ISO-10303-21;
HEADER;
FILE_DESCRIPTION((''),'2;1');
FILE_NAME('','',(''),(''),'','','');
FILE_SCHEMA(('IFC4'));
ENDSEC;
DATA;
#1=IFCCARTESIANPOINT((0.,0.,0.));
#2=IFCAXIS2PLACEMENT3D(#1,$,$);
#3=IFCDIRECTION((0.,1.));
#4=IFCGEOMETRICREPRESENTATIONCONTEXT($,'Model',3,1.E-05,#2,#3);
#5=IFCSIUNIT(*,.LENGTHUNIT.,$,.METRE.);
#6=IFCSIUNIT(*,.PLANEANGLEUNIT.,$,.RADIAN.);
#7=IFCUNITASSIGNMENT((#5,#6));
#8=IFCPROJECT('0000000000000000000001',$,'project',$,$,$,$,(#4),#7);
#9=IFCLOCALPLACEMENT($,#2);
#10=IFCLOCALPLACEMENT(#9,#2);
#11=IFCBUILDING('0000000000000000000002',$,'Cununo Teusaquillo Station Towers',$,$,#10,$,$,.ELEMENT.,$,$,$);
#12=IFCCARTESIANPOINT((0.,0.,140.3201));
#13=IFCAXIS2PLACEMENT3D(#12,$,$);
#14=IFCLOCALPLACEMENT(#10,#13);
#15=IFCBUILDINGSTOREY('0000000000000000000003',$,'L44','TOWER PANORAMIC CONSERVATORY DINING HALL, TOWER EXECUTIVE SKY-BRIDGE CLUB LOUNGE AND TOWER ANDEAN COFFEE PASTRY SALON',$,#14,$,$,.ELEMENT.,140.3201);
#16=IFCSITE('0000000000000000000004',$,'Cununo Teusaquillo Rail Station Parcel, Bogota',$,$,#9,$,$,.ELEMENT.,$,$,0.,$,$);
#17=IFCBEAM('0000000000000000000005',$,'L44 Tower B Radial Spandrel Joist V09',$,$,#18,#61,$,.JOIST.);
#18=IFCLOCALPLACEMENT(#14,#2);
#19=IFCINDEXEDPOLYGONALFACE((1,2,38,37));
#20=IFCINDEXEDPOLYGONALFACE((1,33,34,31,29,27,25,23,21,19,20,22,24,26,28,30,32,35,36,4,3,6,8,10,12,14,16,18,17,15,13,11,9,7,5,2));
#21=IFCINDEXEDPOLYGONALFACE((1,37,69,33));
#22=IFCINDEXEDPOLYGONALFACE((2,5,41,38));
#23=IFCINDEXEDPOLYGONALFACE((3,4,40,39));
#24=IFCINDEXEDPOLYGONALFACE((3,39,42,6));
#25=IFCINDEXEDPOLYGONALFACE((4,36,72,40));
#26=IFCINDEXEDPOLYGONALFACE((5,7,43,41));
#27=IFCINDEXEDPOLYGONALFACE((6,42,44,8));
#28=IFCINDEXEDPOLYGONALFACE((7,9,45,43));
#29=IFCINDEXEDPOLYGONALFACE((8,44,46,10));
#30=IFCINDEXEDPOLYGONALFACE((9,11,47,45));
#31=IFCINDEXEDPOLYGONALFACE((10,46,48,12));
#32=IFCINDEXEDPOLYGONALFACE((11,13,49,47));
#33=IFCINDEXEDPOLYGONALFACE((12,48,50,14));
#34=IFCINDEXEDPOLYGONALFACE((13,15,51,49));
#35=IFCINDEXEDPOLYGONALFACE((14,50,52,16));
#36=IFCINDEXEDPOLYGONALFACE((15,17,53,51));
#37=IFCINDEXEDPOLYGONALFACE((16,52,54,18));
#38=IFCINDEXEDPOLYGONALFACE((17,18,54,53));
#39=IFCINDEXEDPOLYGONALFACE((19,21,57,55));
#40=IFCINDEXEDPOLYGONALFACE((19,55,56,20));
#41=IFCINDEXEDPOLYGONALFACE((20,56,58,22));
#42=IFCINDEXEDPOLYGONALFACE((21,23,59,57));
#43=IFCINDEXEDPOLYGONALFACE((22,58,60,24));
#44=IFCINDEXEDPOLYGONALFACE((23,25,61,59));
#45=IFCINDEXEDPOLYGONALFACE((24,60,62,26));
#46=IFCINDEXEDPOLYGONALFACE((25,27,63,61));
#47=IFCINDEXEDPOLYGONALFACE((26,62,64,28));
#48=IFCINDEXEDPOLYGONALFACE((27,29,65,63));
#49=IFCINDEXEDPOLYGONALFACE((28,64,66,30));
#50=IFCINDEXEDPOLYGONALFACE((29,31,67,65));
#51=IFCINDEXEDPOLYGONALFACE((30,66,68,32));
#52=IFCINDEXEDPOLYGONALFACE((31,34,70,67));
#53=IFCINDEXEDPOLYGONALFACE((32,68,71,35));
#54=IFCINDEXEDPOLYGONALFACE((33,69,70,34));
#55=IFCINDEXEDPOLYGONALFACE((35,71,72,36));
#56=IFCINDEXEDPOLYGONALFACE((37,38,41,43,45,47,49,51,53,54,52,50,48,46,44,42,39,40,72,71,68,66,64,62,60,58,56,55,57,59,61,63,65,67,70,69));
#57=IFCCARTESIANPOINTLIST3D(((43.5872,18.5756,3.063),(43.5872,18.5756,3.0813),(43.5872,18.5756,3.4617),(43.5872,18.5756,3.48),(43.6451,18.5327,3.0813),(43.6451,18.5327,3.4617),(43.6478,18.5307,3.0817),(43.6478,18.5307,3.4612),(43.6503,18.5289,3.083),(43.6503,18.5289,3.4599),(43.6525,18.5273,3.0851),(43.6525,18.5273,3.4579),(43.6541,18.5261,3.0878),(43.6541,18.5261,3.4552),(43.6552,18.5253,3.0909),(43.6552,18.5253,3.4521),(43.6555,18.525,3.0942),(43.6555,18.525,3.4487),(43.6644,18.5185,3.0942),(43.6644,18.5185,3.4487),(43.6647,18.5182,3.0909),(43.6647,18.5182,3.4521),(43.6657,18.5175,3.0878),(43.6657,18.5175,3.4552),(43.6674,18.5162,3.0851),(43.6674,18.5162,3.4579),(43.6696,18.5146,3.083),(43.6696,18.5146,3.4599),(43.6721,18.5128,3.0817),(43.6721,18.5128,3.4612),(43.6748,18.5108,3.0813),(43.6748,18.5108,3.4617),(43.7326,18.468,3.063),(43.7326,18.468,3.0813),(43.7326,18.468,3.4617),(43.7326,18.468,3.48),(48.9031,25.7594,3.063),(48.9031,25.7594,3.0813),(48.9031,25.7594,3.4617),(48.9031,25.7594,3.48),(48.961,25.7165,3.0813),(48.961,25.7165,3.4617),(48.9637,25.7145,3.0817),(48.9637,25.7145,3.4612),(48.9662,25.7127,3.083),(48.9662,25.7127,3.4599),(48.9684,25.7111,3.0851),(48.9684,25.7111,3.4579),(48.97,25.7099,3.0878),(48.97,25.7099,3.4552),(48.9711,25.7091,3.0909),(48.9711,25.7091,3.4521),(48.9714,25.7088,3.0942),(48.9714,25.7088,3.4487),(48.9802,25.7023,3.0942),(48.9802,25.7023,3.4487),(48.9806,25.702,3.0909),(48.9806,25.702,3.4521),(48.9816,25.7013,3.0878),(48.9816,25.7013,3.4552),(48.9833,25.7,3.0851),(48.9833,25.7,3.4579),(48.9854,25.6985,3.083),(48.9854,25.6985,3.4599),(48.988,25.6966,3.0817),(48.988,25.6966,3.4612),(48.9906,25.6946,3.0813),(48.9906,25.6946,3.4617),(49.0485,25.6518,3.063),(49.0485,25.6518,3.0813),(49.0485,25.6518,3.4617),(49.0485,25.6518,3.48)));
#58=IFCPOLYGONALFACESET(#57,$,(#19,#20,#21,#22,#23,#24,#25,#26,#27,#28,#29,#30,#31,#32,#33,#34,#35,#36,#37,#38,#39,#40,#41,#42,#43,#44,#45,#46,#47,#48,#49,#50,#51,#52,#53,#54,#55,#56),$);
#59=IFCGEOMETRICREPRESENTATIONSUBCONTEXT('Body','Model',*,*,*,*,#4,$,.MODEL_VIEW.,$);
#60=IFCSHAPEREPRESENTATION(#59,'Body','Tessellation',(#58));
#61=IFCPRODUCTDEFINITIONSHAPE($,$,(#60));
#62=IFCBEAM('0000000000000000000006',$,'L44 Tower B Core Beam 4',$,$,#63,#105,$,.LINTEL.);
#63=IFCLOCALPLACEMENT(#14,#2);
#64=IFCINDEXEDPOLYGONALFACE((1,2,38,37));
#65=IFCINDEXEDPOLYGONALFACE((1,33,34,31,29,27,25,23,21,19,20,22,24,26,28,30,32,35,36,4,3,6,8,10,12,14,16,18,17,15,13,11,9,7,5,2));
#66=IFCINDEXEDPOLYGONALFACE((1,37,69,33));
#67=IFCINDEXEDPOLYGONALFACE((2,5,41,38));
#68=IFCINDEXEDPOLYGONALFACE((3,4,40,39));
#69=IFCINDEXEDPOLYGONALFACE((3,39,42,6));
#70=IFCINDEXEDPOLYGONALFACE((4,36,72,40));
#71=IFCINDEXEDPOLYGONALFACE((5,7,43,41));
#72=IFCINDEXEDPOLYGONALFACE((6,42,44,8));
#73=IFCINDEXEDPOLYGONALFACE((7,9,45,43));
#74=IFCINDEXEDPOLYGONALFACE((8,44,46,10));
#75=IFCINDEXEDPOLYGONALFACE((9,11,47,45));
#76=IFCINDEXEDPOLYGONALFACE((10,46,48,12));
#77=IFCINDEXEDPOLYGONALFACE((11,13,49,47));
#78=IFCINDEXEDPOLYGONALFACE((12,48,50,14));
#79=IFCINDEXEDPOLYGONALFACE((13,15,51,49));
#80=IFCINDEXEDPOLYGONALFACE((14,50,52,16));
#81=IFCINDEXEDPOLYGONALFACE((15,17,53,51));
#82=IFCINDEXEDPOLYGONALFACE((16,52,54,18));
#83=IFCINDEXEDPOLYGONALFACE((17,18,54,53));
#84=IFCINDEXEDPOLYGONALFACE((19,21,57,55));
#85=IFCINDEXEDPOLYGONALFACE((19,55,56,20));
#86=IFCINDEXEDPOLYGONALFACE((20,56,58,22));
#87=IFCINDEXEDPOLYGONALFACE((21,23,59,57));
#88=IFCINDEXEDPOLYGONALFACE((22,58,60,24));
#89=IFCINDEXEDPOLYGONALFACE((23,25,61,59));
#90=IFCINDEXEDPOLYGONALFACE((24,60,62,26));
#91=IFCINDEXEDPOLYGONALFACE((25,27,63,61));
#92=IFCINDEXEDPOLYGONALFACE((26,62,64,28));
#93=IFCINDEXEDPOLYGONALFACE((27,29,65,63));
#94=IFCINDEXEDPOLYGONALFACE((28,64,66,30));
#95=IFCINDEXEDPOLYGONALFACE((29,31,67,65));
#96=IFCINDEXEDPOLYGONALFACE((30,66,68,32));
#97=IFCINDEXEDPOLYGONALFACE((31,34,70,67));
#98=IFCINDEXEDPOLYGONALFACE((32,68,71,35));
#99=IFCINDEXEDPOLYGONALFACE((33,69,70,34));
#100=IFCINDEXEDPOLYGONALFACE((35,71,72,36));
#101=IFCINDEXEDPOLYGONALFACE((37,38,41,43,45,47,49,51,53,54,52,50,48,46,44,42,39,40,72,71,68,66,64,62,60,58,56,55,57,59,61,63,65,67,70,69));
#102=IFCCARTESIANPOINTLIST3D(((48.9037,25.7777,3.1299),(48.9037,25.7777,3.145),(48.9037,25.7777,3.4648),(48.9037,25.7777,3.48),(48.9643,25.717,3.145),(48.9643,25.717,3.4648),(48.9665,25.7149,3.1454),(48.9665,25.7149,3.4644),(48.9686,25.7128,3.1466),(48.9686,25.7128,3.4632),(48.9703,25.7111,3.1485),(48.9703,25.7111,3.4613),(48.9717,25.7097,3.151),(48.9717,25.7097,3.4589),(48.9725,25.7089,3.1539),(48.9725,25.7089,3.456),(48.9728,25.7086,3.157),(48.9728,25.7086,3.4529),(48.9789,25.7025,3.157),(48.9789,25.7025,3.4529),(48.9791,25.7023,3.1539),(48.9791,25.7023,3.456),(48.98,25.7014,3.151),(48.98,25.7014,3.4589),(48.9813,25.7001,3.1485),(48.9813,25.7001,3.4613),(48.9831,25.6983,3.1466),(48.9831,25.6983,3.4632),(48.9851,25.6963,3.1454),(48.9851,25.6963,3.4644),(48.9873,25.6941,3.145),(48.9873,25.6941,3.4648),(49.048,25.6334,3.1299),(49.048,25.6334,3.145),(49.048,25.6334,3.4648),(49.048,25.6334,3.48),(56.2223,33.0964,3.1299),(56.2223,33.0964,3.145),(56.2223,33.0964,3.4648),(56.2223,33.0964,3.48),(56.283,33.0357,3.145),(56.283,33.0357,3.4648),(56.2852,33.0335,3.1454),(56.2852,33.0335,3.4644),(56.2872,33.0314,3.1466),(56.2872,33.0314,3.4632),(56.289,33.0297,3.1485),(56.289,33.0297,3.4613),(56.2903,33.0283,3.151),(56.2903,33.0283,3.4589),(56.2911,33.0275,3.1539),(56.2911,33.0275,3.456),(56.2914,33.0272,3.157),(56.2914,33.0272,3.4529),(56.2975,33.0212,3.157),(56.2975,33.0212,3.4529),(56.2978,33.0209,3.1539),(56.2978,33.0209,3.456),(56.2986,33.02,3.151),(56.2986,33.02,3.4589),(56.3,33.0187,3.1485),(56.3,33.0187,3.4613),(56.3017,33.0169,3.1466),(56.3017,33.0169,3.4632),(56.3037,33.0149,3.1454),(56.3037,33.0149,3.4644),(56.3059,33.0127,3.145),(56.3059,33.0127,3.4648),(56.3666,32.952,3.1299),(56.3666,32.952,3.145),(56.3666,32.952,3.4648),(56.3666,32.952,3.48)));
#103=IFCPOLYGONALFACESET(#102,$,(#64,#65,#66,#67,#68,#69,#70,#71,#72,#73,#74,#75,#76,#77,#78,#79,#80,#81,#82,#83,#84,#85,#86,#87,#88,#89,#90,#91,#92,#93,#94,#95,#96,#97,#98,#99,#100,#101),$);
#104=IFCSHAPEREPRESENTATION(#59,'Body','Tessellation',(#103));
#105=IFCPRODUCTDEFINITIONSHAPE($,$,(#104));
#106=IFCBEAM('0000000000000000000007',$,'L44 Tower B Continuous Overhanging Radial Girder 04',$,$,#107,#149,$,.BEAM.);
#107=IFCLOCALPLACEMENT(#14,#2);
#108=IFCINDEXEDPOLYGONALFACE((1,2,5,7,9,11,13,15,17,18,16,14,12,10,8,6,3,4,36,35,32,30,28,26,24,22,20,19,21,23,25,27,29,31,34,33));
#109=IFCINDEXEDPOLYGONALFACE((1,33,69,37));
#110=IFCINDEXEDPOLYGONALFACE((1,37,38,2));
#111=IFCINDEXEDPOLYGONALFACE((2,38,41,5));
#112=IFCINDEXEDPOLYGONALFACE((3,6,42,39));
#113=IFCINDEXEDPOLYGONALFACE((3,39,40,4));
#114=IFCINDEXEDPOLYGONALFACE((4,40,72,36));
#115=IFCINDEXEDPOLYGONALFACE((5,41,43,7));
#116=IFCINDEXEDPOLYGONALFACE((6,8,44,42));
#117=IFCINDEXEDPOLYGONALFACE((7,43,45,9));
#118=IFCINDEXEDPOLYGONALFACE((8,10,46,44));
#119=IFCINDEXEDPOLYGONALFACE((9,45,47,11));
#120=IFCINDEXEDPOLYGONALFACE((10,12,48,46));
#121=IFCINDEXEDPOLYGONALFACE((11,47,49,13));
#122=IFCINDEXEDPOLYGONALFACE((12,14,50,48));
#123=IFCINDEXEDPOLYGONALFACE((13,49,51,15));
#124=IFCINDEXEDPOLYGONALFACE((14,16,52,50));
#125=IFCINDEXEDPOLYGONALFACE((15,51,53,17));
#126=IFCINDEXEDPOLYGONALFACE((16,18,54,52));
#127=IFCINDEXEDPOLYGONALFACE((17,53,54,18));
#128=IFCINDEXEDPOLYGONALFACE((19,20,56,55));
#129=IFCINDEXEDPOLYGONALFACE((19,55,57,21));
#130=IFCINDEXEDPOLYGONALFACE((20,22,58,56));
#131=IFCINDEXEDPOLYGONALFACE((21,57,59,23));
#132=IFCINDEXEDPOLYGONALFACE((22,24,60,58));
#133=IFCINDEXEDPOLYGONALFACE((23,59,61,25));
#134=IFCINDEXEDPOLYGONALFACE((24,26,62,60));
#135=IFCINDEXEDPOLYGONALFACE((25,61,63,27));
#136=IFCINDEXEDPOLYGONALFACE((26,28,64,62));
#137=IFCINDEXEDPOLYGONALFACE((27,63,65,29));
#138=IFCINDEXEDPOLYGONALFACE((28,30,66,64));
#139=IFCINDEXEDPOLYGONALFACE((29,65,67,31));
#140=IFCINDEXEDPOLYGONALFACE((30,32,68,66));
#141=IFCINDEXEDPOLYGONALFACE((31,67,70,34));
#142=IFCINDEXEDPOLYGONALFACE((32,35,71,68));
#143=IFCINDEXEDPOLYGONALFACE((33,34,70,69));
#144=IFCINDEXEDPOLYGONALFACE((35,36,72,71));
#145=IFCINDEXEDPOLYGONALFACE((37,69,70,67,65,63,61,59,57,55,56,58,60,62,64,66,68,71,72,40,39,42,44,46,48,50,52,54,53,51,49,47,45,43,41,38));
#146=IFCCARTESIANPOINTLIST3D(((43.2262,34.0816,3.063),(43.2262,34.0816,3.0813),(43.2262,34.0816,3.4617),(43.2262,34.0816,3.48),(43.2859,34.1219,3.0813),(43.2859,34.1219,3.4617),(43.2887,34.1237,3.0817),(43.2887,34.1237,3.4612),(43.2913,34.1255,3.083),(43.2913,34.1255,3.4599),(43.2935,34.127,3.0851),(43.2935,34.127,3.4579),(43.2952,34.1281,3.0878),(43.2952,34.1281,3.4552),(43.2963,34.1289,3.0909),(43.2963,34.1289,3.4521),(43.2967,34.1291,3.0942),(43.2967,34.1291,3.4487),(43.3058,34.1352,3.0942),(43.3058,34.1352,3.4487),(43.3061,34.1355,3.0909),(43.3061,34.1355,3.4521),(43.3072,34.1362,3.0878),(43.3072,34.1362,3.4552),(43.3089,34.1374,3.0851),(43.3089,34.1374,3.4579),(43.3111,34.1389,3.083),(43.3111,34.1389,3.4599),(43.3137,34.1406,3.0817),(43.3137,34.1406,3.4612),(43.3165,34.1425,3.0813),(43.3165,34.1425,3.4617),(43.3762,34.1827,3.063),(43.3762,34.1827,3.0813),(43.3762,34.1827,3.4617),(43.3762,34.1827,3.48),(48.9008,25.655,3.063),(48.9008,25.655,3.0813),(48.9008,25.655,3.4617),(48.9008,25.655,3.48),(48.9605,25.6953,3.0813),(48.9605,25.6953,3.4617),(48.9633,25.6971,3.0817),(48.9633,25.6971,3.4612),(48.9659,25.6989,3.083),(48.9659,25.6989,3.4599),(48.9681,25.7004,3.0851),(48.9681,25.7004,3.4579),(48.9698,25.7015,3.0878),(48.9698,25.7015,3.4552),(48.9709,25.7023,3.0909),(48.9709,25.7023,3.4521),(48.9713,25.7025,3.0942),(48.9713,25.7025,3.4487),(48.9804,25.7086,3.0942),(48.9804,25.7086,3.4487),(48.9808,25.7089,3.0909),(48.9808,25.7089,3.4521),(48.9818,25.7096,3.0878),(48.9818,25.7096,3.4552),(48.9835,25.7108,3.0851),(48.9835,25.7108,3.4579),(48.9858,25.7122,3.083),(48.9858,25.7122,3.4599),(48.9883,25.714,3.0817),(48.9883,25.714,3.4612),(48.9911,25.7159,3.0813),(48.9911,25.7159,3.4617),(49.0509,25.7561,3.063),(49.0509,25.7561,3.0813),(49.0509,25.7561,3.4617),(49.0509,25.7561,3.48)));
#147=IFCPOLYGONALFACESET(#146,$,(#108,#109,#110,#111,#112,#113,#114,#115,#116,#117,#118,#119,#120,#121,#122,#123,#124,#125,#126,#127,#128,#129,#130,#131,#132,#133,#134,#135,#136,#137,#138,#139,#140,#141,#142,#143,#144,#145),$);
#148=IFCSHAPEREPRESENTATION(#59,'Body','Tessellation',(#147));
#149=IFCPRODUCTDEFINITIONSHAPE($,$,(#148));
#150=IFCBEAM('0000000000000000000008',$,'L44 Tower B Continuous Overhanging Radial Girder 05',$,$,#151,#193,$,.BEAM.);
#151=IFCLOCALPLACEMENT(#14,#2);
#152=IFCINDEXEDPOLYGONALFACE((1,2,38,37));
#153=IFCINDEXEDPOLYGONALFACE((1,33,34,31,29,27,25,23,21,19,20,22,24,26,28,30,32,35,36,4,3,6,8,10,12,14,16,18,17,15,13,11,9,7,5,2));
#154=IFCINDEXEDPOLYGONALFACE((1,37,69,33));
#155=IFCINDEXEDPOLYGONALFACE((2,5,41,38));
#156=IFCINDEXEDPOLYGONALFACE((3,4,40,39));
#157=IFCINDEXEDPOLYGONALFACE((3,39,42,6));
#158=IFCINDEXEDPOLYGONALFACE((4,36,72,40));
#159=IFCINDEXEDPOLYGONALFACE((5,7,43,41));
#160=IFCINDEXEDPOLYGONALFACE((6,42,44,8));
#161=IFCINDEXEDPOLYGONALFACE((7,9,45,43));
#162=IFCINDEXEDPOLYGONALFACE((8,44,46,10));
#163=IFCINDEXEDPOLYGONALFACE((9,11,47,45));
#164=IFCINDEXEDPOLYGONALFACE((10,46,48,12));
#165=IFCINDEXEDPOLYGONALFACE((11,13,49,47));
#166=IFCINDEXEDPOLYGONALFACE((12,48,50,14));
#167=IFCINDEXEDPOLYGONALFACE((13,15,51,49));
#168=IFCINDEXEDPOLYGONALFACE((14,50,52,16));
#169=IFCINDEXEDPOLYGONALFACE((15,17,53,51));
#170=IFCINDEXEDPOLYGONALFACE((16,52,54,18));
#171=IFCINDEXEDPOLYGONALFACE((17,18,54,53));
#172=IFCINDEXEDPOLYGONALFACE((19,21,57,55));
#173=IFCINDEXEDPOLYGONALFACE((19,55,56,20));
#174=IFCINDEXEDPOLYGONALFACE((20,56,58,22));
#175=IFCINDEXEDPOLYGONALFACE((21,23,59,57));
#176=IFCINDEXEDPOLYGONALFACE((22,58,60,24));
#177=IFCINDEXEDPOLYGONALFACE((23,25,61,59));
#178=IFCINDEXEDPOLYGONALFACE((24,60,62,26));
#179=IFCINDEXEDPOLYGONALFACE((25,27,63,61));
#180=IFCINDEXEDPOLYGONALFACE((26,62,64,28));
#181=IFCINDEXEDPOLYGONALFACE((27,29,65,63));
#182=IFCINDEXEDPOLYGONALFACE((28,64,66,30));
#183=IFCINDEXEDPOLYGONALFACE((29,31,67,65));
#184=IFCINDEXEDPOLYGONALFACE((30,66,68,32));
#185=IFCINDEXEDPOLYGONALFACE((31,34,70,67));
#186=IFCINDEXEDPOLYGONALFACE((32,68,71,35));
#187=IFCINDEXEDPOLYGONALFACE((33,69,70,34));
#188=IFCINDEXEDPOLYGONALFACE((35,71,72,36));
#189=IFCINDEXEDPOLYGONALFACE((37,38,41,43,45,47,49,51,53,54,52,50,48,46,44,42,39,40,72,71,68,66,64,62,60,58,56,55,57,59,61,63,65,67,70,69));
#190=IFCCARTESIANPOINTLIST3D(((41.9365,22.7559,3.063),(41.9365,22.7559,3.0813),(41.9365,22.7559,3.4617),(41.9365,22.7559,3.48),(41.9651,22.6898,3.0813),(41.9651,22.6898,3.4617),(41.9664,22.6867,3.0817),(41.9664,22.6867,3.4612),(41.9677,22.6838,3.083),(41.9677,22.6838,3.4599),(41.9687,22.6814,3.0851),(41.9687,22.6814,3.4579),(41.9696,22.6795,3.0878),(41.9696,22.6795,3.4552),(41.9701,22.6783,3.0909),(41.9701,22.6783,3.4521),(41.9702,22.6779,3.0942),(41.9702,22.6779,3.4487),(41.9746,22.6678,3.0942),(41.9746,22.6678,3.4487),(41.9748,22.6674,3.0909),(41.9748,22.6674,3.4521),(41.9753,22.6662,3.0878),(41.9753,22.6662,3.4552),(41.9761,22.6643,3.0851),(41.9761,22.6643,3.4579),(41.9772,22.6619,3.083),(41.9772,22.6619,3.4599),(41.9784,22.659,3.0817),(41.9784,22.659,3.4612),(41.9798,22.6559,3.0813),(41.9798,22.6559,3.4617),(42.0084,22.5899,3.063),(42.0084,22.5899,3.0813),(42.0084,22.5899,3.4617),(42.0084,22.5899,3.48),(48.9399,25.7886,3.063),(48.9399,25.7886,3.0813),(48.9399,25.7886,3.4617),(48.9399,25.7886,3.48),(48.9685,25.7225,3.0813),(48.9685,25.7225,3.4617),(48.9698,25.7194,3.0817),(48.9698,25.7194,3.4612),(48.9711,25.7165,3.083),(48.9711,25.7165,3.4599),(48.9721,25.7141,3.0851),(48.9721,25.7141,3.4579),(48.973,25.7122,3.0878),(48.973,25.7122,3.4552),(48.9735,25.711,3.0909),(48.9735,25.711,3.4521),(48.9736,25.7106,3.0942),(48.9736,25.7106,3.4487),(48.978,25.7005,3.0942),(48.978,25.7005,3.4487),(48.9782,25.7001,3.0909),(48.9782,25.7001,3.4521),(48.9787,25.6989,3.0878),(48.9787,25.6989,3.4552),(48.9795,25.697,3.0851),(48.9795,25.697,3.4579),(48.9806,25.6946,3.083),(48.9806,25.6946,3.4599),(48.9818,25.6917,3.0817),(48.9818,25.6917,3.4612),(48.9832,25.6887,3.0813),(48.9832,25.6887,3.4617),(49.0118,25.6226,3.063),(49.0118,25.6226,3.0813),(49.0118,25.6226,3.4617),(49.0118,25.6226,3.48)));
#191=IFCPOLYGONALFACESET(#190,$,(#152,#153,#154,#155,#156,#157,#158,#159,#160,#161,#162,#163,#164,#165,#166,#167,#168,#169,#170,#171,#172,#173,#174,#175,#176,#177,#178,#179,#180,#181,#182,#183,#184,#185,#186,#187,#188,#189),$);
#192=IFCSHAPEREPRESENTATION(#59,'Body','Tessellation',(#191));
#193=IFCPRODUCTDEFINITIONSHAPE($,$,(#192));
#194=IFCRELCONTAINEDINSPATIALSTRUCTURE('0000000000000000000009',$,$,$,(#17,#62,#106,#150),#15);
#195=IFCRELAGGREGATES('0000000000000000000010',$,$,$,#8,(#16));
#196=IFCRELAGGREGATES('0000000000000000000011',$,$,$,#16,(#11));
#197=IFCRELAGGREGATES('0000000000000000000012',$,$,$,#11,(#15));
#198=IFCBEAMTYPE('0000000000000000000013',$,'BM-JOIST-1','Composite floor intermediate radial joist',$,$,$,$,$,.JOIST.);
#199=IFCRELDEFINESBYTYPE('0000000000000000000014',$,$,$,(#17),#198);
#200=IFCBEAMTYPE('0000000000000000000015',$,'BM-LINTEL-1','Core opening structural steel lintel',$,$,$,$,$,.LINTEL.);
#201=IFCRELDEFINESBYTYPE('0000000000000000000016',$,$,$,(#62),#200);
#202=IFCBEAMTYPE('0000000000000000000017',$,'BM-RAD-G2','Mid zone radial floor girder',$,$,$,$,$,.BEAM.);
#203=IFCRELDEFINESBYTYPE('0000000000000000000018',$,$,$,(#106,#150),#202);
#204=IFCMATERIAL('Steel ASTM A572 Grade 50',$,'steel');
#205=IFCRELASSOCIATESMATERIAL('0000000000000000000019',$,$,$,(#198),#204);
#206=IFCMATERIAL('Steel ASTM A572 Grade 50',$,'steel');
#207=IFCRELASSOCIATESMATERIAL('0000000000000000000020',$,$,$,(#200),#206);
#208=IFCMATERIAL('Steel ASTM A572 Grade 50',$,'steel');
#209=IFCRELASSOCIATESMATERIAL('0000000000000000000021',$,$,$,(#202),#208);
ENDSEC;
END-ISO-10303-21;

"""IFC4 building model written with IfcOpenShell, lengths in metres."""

from ifc_helpers import new_model, si_unit, direction, frame, origin, origin_2d, place, context, subcontext, project, spatial, i_section, extrude, material, material_profile, profile_set, type_object, element, save


model = new_model("IFC4")

# Units and contexts
model_context = context("Model", 3, precision=1e-05, world=origin(), true_north=direction((0.0, 1.0)))
body_context = subcontext(model_context, "Body", "Model", "MODEL_VIEW")
ifc_project = project(units=[si_unit("LENGTHUNIT", "METRE"), si_unit("PLANEANGLEUNIT", "RADIAN")], contexts=[model_context])

# Site, building, storey
site_placement = place(None, origin())
site = spatial("IfcSite", under=ifc_project, at=site_placement, Name="Cununo Teusaquillo Rail Station Parcel, Bogota", CompositionType="ELEMENT", RefElevation=0.0)
building_placement = place(site_placement, origin())
building = spatial("IfcBuilding", under=site, at=building_placement, Name="Cununo Teusaquillo Station Towers", CompositionType="ELEMENT")
storey_placement = place(building_placement, frame((0.0, 0.0, 140.3201)))
storey = spatial("IfcBuildingStorey", under=building, at=storey_placement, Name="L44", Description="TOWER PANORAMIC CONSERVATORY DINING HALL, TOWER EXECUTIVE SKY-BRIDGE CLUB LOUNGE AND TOWER ANDEAN COFFEE PASTRY SALON", CompositionType="ELEMENT", Elevation=140.3201)

# Beams
ifc_material_1 = material(Name="Steel ASTM A572 Grade 50", Category="steel")
ifc_material_profile_1 = material_profile(ifc_material_1, i_section(OverallWidth=0.1809, OverallDepth=0.417, WebThickness=0.011, FlangeThickness=0.0183, FilletRadius=0.0129, at=origin_2d()), Name="W16X57")
ifc_profile_set_1 = profile_set([ifc_material_profile_1], Name="Steel ASTM A572 Grade 50")
beam_type_1 = type_object("IfcBeamType", Name="BM-JOIST-1", Description="Composite floor intermediate radial joist", PredefinedType="JOIST", material=ifc_profile_set_1)
beam_1_placement = place(storey_placement, frame((48.9758, 25.7056, 3.2715), z_axis=(-0.594834, -0.803848, 0.0), x_axis=(0.803848, -0.594834, 0.0)))
element("IfcBeam", 1, at=beam_1_placement, inside=storey, type_object=beam_type_1, Name="L44 Tower B Radial Spandrel Joist V09", PredefinedType="JOIST", context=body_context, shape_type="SweptSolid", body=[
    extrude(i_section(OverallWidth=0.1809, OverallDepth=0.417, WebThickness=0.011, FlangeThickness=0.0183, FilletRadius=0.0129, at=origin_2d()), origin(), (0.0, 0.0, 1.0), 8.9368),
])
ifc_material_2 = material(Name="Steel ASTM A572 Grade 50", Category="steel")
ifc_material_profile_2 = material_profile(ifc_material_2, i_section(OverallWidth=0.2041, OverallDepth=0.3501, WebThickness=0.0085, FlangeThickness=0.0151, FilletRadius=0.012, at=origin_2d()), Name="W14X48")
ifc_profile_set_2 = profile_set([ifc_material_profile_2], Name="Steel ASTM A572 Grade 50")
beam_type_2 = type_object("IfcBeamType", Name="BM-LINTEL-1", Description="Core opening structural steel lintel", PredefinedType="LINTEL", material=ifc_profile_set_2)
beam_2_placement = place(storey_placement, frame((48.9758, 25.7056, 3.3049), z_axis=(0.707107, 0.707107, 0.0), x_axis=(-0.707107, 0.707107, 0.0)))
element("IfcBeam", 2, at=beam_2_placement, inside=storey, type_object=beam_type_2, Name="L44 Tower B Core Beam 4", PredefinedType="LINTEL", context=body_context, shape_type="SweptSolid", body=[
    extrude(i_section(OverallWidth=0.2041, OverallDepth=0.3501, WebThickness=0.0085, FlangeThickness=0.0151, FilletRadius=0.012, at=origin_2d()), origin(), (0.0, 0.0, 1.0), 10.3501),
])
ifc_material_3 = material(Name="Steel ASTM A572 Grade 50", Category="steel")
ifc_material_profile_3 = material_profile(ifc_material_3, i_section(OverallWidth=0.1809, OverallDepth=0.417, WebThickness=0.011, FlangeThickness=0.0183, FilletRadius=0.0129, at=origin_2d()), Name="W16X57")
ifc_profile_set_3 = profile_set([ifc_material_profile_3], Name="Steel ASTM A572 Grade 50")
beam_type_3 = type_object("IfcBeamType", Name="BM-RAD-G2", Description="Mid zone radial floor girder", PredefinedType="BEAM", material=ifc_profile_set_3)
beam_3_placement = place(storey_placement, frame((48.9758, 25.7056, 3.2715), z_axis=(-0.558571, 0.829457, 0.0), x_axis=(-0.829457, -0.558571, 0.0)))
element("IfcBeam", 3, at=beam_3_placement, inside=storey, type_object=beam_type_3, Name="L44 Tower B Continuous Overhanging Radial Girder 04", PredefinedType="BEAM", context=body_context, shape_type="SweptSolid", body=[
    extrude(i_section(OverallWidth=0.1809, OverallDepth=0.417, WebThickness=0.011, FlangeThickness=0.0183, FilletRadius=0.0129, at=origin_2d()), origin(), (0.0, 0.0, 1.0), 10.1592),
])
beam_4_placement = place(storey_placement, frame((48.9758, 25.7056, 3.2715), z_axis=(-0.917656, -0.397376, 0.0), x_axis=(0.397376, -0.917656, 0.0)))
element("IfcBeam", 4, at=beam_4_placement, inside=storey, type_object=beam_type_3, Name="L44 Tower B Continuous Overhanging Radial Girder 05", PredefinedType="BEAM", context=body_context, shape_type="SweptSolid", body=[
    extrude(i_section(OverallWidth=0.1809, OverallDepth=0.417, WebThickness=0.011, FlangeThickness=0.0183, FilletRadius=0.0129, at=origin_2d()), origin(), (0.0, 0.0, 1.0), 7.6318),
])

save(model, "model.ifc")
